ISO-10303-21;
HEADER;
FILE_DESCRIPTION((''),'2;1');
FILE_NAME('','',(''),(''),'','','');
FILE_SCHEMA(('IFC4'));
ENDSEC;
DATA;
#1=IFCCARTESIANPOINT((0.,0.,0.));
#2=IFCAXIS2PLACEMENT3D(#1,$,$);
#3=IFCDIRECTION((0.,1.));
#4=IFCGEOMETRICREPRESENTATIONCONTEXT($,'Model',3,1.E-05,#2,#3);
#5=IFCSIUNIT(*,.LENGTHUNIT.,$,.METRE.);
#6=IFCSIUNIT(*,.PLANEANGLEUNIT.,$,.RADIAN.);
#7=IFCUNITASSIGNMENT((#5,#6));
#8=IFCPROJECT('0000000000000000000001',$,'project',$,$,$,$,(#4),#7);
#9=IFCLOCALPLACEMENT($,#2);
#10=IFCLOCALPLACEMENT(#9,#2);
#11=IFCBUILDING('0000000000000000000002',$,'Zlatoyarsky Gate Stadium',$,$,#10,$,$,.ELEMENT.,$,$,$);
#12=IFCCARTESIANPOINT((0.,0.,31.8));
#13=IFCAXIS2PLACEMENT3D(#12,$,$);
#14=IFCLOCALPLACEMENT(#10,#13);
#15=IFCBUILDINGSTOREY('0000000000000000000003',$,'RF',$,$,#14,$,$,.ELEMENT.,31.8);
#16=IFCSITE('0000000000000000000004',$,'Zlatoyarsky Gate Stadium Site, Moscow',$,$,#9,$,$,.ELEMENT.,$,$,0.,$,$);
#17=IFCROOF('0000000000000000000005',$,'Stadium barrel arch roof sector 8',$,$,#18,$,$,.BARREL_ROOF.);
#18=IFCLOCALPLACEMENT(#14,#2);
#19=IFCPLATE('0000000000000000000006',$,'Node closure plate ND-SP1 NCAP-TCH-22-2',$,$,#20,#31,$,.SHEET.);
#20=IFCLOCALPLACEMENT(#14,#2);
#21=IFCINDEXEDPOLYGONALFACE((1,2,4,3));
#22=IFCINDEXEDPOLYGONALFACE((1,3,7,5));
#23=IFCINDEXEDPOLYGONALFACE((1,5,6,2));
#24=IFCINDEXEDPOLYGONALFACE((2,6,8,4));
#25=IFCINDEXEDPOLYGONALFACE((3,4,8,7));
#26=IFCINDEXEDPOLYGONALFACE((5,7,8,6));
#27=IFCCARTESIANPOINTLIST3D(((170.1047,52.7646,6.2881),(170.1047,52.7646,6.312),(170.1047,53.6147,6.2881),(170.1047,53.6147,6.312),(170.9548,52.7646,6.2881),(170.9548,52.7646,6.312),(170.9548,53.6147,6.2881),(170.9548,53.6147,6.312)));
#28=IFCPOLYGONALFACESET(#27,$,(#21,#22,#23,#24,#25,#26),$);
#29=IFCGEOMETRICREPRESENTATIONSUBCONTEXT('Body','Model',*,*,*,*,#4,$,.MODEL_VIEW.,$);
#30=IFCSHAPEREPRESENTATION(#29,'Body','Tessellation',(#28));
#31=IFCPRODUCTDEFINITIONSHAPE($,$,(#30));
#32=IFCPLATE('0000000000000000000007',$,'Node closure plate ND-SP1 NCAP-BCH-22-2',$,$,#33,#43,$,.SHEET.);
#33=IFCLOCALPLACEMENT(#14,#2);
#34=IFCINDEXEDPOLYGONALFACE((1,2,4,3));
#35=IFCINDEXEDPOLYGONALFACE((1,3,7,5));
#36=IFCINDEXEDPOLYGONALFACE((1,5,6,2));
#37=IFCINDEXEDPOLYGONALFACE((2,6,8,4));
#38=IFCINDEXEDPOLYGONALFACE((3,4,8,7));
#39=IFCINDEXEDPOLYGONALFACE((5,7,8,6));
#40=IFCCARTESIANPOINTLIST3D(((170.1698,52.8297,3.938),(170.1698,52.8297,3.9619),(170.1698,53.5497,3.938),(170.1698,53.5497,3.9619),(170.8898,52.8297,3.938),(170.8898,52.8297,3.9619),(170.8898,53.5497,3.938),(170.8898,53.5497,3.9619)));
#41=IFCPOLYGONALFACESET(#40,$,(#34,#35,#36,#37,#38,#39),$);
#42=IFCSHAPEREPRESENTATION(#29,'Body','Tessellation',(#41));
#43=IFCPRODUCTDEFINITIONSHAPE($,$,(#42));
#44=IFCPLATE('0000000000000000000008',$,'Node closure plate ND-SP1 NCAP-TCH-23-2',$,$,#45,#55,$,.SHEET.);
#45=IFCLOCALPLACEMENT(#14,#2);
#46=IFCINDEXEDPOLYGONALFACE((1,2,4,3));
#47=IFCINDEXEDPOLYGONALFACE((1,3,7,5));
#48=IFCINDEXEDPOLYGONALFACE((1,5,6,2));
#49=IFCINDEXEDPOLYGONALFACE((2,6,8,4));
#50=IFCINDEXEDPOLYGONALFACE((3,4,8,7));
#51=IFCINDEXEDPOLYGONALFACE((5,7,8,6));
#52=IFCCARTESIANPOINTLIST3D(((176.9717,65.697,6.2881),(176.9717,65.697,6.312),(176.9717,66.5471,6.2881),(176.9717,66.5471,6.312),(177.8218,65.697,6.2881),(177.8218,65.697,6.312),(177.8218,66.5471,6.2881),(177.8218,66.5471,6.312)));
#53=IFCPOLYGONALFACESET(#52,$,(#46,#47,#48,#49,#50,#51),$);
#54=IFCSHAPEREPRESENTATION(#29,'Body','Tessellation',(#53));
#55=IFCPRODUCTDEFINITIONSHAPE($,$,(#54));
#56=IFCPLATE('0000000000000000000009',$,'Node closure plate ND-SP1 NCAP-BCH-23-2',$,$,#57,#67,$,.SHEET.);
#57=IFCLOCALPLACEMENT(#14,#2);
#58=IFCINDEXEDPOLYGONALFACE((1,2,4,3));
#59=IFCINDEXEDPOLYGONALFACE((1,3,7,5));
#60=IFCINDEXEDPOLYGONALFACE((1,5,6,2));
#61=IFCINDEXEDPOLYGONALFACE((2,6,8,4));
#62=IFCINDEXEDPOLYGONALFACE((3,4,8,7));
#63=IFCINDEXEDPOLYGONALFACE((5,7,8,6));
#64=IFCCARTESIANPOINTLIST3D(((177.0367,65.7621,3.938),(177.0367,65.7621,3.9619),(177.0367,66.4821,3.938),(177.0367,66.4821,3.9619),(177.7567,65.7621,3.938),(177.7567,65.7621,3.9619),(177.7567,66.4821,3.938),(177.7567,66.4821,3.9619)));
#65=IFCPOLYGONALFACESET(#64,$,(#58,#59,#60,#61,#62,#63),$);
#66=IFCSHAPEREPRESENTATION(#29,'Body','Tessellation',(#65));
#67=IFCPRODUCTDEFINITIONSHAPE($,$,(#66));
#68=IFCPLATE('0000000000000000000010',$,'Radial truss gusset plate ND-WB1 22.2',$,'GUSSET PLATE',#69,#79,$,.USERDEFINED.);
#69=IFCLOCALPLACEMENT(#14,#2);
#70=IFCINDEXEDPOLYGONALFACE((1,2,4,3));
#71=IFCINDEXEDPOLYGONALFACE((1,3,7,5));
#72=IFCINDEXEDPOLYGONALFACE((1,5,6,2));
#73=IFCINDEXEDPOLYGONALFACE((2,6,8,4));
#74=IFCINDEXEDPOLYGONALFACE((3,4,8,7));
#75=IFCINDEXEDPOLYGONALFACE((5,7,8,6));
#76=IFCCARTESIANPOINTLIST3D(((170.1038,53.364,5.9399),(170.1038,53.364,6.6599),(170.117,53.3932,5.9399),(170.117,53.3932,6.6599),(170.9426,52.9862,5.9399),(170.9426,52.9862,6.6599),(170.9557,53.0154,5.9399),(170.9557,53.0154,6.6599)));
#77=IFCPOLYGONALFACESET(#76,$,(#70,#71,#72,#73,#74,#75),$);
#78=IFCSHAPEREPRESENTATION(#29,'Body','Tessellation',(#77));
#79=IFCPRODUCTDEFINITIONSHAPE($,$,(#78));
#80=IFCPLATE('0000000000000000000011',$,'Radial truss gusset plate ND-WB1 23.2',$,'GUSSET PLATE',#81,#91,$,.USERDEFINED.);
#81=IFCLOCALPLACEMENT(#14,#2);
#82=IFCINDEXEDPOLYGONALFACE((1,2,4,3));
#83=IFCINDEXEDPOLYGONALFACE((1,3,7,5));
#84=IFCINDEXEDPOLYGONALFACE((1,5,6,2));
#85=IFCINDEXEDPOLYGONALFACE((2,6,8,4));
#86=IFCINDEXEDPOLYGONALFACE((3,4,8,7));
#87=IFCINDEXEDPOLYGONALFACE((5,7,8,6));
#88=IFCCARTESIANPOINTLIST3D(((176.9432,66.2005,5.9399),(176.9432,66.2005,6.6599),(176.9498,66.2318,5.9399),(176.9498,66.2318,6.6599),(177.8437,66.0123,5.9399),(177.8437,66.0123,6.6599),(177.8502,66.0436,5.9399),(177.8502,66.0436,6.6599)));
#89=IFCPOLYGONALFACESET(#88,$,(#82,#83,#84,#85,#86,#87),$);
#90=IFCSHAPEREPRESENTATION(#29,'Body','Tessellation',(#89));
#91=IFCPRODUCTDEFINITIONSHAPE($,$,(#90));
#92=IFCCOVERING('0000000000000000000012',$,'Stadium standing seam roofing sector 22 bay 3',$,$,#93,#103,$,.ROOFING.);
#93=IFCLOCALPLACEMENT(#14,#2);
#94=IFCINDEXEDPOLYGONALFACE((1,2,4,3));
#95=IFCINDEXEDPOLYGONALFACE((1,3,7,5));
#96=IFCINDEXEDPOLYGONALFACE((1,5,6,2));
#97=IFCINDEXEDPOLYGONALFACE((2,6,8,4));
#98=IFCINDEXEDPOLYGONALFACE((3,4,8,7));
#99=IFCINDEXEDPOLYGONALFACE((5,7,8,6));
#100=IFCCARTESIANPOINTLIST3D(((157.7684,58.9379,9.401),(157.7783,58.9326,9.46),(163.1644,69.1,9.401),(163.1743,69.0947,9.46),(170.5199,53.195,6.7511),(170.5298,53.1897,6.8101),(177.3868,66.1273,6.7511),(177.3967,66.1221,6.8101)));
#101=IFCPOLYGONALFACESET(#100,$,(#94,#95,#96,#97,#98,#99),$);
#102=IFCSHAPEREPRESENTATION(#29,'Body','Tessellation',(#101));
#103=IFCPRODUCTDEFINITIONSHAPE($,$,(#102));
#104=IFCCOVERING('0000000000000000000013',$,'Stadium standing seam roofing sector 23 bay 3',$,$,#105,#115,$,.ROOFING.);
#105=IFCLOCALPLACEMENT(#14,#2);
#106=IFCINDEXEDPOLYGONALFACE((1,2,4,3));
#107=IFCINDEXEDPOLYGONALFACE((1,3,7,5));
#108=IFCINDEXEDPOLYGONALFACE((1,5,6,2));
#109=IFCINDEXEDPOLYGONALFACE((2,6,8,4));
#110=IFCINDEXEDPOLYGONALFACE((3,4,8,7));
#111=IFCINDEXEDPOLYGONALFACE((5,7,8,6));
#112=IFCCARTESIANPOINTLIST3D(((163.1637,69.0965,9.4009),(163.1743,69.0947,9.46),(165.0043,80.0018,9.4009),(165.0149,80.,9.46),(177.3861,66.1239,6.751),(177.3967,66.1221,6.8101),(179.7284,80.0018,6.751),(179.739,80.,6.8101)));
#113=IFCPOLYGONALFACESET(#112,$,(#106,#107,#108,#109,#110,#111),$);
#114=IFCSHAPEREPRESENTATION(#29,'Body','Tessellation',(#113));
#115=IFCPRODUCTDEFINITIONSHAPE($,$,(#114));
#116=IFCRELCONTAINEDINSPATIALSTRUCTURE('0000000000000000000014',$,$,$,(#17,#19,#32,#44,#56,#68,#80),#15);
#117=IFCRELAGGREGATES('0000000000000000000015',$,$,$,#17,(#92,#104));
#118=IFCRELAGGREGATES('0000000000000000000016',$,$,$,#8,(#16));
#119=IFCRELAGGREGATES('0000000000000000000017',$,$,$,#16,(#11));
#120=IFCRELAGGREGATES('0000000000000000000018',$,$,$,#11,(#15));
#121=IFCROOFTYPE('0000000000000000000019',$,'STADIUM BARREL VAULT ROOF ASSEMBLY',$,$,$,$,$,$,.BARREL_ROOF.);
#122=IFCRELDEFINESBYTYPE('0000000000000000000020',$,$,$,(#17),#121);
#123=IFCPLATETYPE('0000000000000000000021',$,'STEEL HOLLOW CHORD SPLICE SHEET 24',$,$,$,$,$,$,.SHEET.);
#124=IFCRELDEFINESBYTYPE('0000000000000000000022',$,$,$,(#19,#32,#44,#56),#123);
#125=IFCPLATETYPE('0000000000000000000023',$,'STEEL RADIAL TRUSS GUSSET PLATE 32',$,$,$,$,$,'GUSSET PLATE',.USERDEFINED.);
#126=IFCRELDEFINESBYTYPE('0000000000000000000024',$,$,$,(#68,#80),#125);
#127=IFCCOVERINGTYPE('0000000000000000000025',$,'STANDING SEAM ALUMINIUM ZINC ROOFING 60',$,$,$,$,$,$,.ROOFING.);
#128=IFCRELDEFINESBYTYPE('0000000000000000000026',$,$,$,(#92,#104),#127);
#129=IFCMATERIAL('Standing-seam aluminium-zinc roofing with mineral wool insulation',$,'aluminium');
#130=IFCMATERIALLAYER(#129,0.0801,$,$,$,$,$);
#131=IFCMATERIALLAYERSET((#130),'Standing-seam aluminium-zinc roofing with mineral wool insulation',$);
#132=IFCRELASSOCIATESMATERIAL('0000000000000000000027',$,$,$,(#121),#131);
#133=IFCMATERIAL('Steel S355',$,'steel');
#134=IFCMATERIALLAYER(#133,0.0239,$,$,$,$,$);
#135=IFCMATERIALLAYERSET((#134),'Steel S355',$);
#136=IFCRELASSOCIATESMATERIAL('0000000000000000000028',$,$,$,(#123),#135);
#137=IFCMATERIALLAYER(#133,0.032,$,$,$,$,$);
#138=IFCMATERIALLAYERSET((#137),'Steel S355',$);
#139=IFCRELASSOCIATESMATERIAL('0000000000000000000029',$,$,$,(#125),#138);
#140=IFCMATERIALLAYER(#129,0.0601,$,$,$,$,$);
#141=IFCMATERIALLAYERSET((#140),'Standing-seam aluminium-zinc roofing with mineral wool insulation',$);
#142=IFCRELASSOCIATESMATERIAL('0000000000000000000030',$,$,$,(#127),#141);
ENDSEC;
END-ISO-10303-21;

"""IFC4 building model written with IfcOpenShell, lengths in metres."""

from ifc_helpers import new_model, si_unit, direction, frame, origin, origin_2d, place, context, subcontext, project, spatial, polyline, rectangle, outline, extrude, material, layer, layer_set, type_object, element, aggregate, save


model = new_model("IFC4")

# Units and contexts
model_context = context("Model", 3, precision=1e-05, world=origin(), true_north=direction((0.0, 1.0)))
body_context = subcontext(model_context, "Body", "Model", "MODEL_VIEW")
ifc_project = project(units=[si_unit("LENGTHUNIT", "METRE"), si_unit("PLANEANGLEUNIT", "RADIAN")], contexts=[model_context])

# Site, building, storey
site_placement = place(None, origin())
site = spatial("IfcSite", under=ifc_project, at=site_placement, Name="Zlatoyarsky Gate Stadium Site, Moscow", CompositionType="ELEMENT", RefElevation=0.0)
building_placement = place(site_placement, origin())
building = spatial("IfcBuilding", under=site, at=building_placement, Name="Zlatoyarsky Gate Stadium", CompositionType="ELEMENT")
storey_placement = place(building_placement, frame((0.0, 0.0, 31.8)))
storey = spatial("IfcBuildingStorey", under=building, at=storey_placement, Name="RF", CompositionType="ELEMENT", Elevation=31.8)

# Shared definitions
ifc_material_1 = material(Name="Steel S355", Category="steel")

# Roof
ifc_material_2 = material(Name="Standing-seam aluminium-zinc roofing with mineral wool insulation", Category="aluminium")
ifc_layer_1 = layer(ifc_material_2, 0.0801)
ifc_layer_set_1 = layer_set([ifc_layer_1], Name="Standing-seam aluminium-zinc roofing with mineral wool insulation")
roof_type = type_object("IfcRoofType", Name="STADIUM BARREL VAULT ROOF ASSEMBLY", PredefinedType="BARREL_ROOF", material=ifc_layer_set_1)
roof_placement = place(storey_placement, origin())
roof = element("IfcRoof", 1, at=roof_placement, inside=storey, type_object=roof_type, Name="Stadium barrel arch roof sector 8", PredefinedType="BARREL_ROOF")

# Plates
ifc_layer_2 = layer(ifc_material_1, 0.0239)
ifc_layer_set_2 = layer_set([ifc_layer_2], Name="Steel S355")
plate_type_1 = type_object("IfcPlateType", Name="STEEL HOLLOW CHORD SPLICE SHEET 24", PredefinedType="SHEET", material=ifc_layer_set_2)
plate_1_placement = place(storey_placement, frame((170.5298, 53.1897, 6.2881), z_axis=(0.0, 0.0, 1.0), x_axis=(1.0, 0.0, 0.0)))
element("IfcPlate", 2, at=plate_1_placement, inside=storey, type_object=plate_type_1, Name="Node closure plate ND-SP1 NCAP-TCH-22-2", PredefinedType="SHEET", context=body_context, shape_type="SweptSolid", body=[
    extrude(rectangle(XDim=0.8501, YDim=0.8501, at=origin_2d()), origin(), (0.0, 0.0, 1.0), 0.0239),
])
plate_2_placement = place(storey_placement, frame((170.5298, 53.1897, 3.938), z_axis=(0.0, 0.0, 1.0), x_axis=(1.0, 0.0, 0.0)))
element("IfcPlate", 3, at=plate_2_placement, inside=storey, type_object=plate_type_1, Name="Node closure plate ND-SP1 NCAP-BCH-22-2", PredefinedType="SHEET", context=body_context, shape_type="SweptSolid", body=[
    extrude(rectangle(XDim=0.72, YDim=0.72, at=origin_2d()), origin(), (0.0, 0.0, 1.0), 0.0239),
])
plate_3_placement = place(storey_placement, frame((177.3967, 66.1221, 6.2881), z_axis=(0.0, 0.0, 1.0), x_axis=(1.0, 0.0, 0.0)))
element("IfcPlate", 4, at=plate_3_placement, inside=storey, type_object=plate_type_1, Name="Node closure plate ND-SP1 NCAP-TCH-23-2", PredefinedType="SHEET", context=body_context, shape_type="SweptSolid", body=[
    extrude(rectangle(XDim=0.8501, YDim=0.8501, at=origin_2d()), origin(), (0.0, 0.0, 1.0), 0.0239),
])
plate_4_placement = place(storey_placement, frame((177.3967, 66.1221, 3.938), z_axis=(0.0, 0.0, 1.0), x_axis=(1.0, 0.0, 0.0)))
element("IfcPlate", 5, at=plate_4_placement, inside=storey, type_object=plate_type_1, Name="Node closure plate ND-SP1 NCAP-BCH-23-2", PredefinedType="SHEET", context=body_context, shape_type="SweptSolid", body=[
    extrude(rectangle(XDim=0.72, YDim=0.72, at=origin_2d()), origin(), (0.0, 0.0, 1.0), 0.0239),
])
ifc_layer_3 = layer(ifc_material_1, 0.032)
ifc_layer_set_3 = layer_set([ifc_layer_3], Name="Steel S355")
plate_type_2 = type_object("IfcPlateType", Name="STEEL RADIAL TRUSS GUSSET PLATE 32", ElementType="GUSSET PLATE", PredefinedType="USERDEFINED", material=ifc_layer_set_3)
for number, where, z_axis, x_axis, name in (
    (6, (170.5298, 53.1897, 5.9399), (0.0, 0.0, 1.0), (-0.911796, 0.410644, 0.0), "Radial truss gusset plate ND-WB1 22.2"),
    (7, (177.3967, 66.1221, 5.9399), (0.0, 0.0, 1.0), (-0.978847, 0.204595, 0.0), "Radial truss gusset plate ND-WB1 23.2"),
):
    element("IfcPlate", number, at=place(storey_placement, frame(where, z_axis=z_axis, x_axis=x_axis)), inside=storey, type_object=plate_type_2, Name=name, ObjectType="GUSSET PLATE", PredefinedType="USERDEFINED", context=body_context, shape_type="SweptSolid", body=[
        extrude(rectangle(XDim=0.9199, YDim=0.032, at=origin_2d()), origin(), (0.0, 0.0, 1.0), 0.72),
    ])

# Coverings
ifc_layer_4 = layer(ifc_material_2, 0.0601)
ifc_layer_set_4 = layer_set([ifc_layer_4], Name="Standing-seam aluminium-zinc roofing with mineral wool insulation")
covering_type = type_object("IfcCoveringType", Name="STANDING SEAM ALUMINIUM ZINC ROOFING 60", PredefinedType="ROOFING", material=ifc_layer_set_4)
covering_1_placement = place(storey_placement, frame((170.5298, 53.1897, 6.8101), z_axis=(0.164762, -0.087487, 0.982446), x_axis=(0.468975, 0.883211, 0.0)))
covering_1 = element("IfcCovering", 8, at=covering_1_placement, type_object=covering_type, Name="Stadium standing seam roofing sector 22 bay 3", PredefinedType="ROOFING", context=body_context, shape_type="SweptSolid", body=[
    extrude(outline(polyline([(0.0, 0.0), (14.6424, 0.0), (10.598, 14.2049), (-0.9079, 14.2049), (0.0, 0.0)])), origin(), (0.0, 0.0, -1.0), 0.0601),
])
covering_2_placement = place(storey_placement, frame((177.3967, 66.1221, 6.8101), z_axis=(0.177045, -0.029881, 0.983749), x_axis=(0.166424, 0.986054, 0.0)))
covering_2 = element("IfcCovering", 9, at=covering_2_placement, type_object=covering_type, Name="Stadium standing seam roofing sector 23 bay 3", PredefinedType="ROOFING", context=body_context, shape_type="SweptSolid", body=[
    extrude(outline(polyline([(0.0, 0.0), (14.0742, 0.0), (11.6238, 14.7586), (0.5642, 14.7586), (0.0, 0.0)])), origin(), (0.0, 0.0, -1.0), 0.0601),
])
aggregate(roof, [covering_1, covering_2])

save(model, "model.ifc")
